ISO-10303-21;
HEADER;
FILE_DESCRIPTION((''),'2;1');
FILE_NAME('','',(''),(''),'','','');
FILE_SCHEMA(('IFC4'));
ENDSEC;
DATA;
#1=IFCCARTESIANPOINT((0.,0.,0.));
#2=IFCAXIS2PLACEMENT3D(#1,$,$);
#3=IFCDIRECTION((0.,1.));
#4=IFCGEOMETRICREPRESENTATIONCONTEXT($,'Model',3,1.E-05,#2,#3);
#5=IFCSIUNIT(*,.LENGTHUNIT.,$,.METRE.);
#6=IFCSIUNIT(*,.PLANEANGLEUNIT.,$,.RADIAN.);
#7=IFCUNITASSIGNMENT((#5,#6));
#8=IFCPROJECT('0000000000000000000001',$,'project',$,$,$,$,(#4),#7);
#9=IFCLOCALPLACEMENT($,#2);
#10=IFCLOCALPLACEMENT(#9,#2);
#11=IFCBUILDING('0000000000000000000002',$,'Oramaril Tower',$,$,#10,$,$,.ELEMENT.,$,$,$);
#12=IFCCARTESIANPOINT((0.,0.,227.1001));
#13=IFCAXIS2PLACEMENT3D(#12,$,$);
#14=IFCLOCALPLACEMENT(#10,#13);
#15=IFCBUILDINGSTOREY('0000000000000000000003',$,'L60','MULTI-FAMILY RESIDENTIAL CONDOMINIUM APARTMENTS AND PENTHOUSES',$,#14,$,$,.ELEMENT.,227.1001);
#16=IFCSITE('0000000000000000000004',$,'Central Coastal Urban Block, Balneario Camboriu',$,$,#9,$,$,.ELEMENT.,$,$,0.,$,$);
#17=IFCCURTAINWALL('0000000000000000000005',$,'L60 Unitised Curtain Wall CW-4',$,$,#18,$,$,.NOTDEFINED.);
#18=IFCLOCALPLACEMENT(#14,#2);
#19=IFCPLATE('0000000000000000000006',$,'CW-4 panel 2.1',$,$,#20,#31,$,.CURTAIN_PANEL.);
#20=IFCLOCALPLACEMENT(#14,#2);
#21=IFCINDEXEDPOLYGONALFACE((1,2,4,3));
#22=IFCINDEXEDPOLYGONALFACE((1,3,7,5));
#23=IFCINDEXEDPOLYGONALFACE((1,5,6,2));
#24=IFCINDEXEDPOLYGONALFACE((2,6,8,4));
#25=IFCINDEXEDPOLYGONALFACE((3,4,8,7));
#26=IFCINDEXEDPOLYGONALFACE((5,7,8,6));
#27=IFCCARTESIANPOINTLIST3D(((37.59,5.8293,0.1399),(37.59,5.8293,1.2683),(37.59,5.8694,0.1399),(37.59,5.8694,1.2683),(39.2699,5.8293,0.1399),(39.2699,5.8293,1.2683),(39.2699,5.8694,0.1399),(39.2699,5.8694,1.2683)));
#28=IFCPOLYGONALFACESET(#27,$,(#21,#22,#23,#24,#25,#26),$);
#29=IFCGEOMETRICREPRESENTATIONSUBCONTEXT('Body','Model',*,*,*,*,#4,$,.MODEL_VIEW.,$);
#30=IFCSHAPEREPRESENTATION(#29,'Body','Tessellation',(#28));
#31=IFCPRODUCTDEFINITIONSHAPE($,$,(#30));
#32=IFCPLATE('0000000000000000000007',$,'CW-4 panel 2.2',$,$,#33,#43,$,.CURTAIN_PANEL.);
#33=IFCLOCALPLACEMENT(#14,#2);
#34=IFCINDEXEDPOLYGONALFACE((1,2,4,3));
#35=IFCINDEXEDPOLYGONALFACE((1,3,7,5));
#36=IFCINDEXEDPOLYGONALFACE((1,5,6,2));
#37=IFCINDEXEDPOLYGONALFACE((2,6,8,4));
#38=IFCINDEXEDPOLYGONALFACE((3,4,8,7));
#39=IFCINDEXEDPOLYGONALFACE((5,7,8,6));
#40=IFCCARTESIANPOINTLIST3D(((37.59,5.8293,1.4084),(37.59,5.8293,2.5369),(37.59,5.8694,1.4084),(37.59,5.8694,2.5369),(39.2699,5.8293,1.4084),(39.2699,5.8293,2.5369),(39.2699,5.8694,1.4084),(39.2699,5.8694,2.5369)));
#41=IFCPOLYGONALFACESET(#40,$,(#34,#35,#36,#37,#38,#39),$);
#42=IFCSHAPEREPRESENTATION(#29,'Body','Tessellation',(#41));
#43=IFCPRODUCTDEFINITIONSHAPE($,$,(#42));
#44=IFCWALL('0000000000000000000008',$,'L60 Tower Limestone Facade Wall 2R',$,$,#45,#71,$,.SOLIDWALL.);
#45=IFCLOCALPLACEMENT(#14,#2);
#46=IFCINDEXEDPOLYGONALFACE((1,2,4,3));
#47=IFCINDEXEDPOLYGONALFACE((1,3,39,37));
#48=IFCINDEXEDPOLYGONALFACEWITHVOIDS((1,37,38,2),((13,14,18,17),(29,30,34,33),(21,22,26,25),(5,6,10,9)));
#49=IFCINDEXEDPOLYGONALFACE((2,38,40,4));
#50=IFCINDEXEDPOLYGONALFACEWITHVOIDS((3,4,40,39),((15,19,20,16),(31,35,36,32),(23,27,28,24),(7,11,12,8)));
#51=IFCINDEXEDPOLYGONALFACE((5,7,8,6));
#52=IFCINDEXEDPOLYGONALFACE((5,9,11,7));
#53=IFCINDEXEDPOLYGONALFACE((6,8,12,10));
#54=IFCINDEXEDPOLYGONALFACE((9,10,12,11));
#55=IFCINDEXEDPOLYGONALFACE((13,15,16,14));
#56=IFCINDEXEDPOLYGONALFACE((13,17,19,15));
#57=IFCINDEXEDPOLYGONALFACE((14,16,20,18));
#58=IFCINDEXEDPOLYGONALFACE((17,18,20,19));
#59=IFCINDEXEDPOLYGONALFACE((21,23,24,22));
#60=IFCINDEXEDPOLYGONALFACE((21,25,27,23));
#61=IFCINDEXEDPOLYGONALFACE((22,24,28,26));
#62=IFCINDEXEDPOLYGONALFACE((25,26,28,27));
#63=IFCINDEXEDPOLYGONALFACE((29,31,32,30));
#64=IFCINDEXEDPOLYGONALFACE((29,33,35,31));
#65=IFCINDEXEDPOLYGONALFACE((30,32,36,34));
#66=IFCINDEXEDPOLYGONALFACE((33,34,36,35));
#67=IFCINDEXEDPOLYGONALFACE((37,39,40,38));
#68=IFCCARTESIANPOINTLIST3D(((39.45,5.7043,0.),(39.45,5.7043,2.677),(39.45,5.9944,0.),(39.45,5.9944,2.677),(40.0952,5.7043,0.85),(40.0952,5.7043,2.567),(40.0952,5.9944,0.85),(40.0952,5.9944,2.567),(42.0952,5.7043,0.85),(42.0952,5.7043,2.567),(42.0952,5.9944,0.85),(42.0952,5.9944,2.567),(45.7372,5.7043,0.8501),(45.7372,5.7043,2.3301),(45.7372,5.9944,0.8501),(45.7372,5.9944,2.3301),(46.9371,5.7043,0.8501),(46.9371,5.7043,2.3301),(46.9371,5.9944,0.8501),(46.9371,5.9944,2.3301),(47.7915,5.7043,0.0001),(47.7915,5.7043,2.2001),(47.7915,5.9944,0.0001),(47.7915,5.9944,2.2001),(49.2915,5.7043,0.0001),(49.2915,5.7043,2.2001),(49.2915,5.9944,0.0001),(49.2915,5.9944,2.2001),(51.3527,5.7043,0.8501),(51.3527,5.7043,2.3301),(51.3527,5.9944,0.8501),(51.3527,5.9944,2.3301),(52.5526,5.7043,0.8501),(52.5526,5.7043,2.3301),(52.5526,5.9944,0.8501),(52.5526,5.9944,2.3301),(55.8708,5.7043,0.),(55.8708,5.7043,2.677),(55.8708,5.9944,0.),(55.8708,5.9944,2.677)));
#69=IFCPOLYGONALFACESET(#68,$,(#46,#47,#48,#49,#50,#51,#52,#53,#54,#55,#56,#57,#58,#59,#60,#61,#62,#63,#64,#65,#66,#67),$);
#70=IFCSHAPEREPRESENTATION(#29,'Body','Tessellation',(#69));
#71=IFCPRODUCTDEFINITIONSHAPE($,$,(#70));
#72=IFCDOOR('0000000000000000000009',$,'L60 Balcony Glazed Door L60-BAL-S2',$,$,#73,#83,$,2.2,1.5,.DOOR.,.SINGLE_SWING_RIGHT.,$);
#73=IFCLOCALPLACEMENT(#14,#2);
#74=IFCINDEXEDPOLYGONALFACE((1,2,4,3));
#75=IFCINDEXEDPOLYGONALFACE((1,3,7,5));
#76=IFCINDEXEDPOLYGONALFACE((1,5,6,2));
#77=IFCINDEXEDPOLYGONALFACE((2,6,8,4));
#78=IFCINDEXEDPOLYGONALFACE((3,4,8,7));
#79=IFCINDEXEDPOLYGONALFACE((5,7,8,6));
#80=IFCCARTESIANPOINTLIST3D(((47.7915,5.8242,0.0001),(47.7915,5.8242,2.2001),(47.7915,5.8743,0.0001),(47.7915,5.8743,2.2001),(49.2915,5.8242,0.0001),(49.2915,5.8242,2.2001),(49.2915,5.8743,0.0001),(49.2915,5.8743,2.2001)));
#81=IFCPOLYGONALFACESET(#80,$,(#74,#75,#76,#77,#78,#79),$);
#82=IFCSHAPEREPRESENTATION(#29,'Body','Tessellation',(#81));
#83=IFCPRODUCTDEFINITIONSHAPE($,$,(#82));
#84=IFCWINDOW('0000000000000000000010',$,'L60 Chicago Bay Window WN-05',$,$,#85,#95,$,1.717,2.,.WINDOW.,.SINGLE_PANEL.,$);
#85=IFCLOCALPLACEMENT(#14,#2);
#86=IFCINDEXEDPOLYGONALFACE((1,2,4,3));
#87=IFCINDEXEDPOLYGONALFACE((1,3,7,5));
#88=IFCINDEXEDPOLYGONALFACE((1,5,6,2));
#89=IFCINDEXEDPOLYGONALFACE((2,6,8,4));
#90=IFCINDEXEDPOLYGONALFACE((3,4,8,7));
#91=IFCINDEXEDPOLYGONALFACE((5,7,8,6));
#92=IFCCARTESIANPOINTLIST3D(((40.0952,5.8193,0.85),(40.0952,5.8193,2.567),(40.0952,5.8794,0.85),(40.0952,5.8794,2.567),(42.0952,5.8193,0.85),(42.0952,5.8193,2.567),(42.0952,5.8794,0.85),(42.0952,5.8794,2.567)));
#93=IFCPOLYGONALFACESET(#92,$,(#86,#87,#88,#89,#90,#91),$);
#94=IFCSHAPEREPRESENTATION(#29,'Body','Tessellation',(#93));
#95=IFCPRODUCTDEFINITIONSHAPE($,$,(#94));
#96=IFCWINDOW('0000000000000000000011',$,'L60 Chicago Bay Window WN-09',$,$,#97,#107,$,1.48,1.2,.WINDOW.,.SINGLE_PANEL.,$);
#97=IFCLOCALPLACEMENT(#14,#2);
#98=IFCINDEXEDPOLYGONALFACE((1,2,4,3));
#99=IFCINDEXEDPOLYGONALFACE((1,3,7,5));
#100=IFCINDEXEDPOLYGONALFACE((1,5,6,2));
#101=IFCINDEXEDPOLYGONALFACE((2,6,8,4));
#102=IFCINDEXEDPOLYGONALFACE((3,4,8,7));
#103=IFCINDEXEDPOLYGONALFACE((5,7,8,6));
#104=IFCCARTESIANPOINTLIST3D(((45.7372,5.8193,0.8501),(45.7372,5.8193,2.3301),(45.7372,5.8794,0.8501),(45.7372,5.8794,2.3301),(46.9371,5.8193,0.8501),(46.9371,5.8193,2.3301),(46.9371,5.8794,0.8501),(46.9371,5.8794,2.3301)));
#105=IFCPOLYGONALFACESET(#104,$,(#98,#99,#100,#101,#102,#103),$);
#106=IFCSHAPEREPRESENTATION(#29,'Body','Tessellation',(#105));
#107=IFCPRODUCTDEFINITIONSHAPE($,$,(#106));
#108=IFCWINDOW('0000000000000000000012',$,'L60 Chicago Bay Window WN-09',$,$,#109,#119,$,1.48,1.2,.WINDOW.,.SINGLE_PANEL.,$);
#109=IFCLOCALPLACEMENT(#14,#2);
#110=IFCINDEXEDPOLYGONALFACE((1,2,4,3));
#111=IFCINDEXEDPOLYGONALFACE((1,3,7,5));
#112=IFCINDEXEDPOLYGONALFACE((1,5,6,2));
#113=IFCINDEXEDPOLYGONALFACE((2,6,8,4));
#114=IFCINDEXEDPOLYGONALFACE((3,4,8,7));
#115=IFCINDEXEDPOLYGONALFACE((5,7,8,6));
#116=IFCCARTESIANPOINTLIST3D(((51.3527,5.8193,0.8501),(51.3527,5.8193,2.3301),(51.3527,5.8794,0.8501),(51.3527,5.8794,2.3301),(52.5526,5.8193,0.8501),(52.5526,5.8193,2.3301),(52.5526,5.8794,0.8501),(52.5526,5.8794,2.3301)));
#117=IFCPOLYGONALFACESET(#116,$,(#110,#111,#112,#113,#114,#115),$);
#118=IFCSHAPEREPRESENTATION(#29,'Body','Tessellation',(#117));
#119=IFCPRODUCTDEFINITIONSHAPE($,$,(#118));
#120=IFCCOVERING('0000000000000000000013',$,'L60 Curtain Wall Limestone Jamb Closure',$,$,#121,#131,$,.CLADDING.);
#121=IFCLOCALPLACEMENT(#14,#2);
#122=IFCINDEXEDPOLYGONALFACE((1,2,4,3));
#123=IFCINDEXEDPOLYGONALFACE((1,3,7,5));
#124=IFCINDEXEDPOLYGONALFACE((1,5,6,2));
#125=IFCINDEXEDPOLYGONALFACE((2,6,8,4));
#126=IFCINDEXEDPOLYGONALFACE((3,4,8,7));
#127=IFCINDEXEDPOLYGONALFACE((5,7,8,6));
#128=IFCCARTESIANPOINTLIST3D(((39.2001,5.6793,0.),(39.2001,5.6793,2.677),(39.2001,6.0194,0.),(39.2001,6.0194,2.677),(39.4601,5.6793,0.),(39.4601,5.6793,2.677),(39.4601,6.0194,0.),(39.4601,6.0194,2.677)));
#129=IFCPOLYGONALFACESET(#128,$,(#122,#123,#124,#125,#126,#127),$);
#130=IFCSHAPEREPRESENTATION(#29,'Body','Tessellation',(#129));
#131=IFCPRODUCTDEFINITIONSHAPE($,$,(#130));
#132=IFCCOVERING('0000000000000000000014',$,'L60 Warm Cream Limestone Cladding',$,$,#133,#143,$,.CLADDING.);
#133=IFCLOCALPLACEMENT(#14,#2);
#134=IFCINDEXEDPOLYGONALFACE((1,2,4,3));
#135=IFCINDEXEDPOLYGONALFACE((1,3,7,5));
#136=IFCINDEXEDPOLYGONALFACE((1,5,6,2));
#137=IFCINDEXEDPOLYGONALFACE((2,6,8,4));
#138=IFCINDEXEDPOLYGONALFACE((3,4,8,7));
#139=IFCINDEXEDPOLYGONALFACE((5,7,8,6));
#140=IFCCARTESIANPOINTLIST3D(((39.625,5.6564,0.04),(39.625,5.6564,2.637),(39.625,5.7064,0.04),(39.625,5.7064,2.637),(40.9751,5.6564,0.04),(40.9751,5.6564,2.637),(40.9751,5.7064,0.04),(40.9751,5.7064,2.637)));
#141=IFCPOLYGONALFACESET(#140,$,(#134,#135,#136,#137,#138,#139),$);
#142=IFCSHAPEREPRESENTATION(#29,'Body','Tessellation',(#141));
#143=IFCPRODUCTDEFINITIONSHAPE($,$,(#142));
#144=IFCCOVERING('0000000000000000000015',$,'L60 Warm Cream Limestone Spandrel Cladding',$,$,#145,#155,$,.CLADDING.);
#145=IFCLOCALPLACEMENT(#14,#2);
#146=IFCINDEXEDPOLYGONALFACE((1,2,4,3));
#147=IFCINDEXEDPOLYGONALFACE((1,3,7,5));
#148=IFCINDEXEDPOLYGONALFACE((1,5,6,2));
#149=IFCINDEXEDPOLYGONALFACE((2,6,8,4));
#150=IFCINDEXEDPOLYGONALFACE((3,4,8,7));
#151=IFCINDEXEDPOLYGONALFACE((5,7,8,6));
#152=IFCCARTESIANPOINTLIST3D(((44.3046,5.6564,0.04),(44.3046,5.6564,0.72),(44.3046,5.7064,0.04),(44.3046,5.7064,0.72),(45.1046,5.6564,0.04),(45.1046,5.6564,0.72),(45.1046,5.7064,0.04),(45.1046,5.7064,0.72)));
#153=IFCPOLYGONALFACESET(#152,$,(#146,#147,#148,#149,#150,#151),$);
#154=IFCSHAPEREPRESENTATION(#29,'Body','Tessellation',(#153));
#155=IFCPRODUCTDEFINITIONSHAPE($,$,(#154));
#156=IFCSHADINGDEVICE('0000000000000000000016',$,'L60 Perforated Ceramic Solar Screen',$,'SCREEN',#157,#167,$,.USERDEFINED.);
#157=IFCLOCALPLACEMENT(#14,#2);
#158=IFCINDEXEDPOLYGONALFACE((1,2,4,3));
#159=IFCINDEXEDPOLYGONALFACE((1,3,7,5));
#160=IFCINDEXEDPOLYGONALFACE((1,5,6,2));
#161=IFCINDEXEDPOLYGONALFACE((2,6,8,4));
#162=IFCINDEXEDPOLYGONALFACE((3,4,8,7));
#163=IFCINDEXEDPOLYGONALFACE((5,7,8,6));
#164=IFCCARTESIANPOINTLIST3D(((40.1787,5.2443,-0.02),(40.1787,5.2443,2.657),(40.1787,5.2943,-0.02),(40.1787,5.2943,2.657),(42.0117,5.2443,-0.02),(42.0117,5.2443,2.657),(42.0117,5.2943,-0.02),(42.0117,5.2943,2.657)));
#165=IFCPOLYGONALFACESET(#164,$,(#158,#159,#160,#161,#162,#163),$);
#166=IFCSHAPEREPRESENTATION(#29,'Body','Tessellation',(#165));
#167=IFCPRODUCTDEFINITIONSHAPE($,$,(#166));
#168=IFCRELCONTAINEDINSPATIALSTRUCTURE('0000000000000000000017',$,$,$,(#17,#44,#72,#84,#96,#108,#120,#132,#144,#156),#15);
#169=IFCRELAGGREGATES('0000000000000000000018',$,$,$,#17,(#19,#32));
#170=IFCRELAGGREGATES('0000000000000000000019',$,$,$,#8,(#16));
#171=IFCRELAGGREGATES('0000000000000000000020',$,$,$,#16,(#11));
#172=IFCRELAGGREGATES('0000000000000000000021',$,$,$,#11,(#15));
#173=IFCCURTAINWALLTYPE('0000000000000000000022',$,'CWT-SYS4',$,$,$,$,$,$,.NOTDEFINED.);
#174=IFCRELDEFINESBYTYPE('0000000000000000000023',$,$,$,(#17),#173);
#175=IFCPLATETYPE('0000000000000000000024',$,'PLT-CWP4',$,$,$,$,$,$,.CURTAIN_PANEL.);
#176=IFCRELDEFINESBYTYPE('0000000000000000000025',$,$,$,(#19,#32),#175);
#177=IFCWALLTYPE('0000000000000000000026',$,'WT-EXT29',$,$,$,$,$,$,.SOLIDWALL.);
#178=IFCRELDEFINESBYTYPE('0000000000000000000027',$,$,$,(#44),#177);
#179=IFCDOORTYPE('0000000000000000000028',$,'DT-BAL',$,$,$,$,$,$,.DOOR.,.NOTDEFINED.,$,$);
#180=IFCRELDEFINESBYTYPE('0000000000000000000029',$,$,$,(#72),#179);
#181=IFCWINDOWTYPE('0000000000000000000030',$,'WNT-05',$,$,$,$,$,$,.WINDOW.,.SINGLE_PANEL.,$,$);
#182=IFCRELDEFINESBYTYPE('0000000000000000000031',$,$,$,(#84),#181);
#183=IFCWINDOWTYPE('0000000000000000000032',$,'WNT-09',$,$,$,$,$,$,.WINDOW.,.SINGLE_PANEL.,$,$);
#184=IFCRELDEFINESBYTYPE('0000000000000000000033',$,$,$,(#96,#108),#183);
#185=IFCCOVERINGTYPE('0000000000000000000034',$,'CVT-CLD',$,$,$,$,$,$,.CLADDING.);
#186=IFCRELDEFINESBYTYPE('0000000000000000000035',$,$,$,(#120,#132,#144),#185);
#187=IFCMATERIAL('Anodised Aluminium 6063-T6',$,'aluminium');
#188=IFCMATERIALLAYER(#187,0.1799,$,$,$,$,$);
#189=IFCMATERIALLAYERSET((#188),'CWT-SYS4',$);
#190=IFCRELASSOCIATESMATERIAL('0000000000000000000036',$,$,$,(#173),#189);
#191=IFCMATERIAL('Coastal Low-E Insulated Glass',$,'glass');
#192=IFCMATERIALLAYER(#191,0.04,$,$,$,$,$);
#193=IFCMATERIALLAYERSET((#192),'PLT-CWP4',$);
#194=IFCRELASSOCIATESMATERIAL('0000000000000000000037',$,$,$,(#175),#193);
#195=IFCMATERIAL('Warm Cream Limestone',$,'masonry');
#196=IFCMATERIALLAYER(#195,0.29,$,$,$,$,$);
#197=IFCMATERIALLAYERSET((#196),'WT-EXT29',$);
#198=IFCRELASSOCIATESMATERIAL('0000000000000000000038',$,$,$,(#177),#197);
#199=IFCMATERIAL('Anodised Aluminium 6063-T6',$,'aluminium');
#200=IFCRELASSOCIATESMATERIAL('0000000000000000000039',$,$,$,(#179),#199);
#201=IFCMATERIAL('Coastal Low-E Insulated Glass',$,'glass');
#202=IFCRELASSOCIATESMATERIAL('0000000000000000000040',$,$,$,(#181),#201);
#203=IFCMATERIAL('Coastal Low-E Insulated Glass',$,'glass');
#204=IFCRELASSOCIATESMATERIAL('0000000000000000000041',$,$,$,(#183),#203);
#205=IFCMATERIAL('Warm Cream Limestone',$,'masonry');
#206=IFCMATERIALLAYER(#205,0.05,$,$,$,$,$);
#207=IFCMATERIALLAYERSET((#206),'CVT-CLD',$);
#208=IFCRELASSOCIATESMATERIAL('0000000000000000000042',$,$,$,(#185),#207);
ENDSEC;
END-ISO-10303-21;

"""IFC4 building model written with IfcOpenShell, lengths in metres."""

from ifc_helpers import new_model, si_unit, direction, frame, frame_2d, origin, origin_2d, place, context, subcontext, project, spatial, rectangle, extrude, material, layer, layer_set, type_object, element, fill, aggregate, save


model = new_model("IFC4")

# Units and contexts
model_context = context("Model", 3, precision=1e-05, world=origin(), true_north=direction((0.0, 1.0)))
body_context = subcontext(model_context, "Body", "Model", "MODEL_VIEW")
ifc_project = project(units=[si_unit("LENGTHUNIT", "METRE"), si_unit("PLANEANGLEUNIT", "RADIAN")], contexts=[model_context])

# Site, building, storey
site_placement = place(None, origin())
site = spatial("IfcSite", under=ifc_project, at=site_placement, Name="Central Coastal Urban Block, Balneario Camboriu", CompositionType="ELEMENT", RefElevation=0.0)
building_placement = place(site_placement, origin())
building = spatial("IfcBuilding", under=site, at=building_placement, Name="Oramaril Tower", CompositionType="ELEMENT")
storey_placement = place(building_placement, frame((0.0, 0.0, 227.1001)))
storey = spatial("IfcBuildingStorey", under=building, at=storey_placement, Name="L60", Description="MULTI-FAMILY RESIDENTIAL CONDOMINIUM APARTMENTS AND PENTHOUSES", CompositionType="ELEMENT", Elevation=227.1001)

# Curtain wall, plates
ifc_material_1 = material(Name="Anodised Aluminium 6063-T6", Category="aluminium")
ifc_layer_1 = layer(ifc_material_1, 0.1799)
ifc_layer_set_1 = layer_set([ifc_layer_1], Name="CWT-SYS4")
curtain_wall_type = type_object("IfcCurtainWallType", Name="CWT-SYS4", PredefinedType="NOTDEFINED", material=ifc_layer_set_1)
curtain_wall_placement = place(storey_placement, origin())
curtain_wall = element("IfcCurtainWall", 1, at=curtain_wall_placement, inside=storey, type_object=curtain_wall_type, Name="L60 Unitised Curtain Wall CW-4", PredefinedType="NOTDEFINED")
ifc_material_2 = material(Name="Coastal Low-E Insulated Glass", Category="glass")
ifc_layer_2 = layer(ifc_material_2, 0.04)
ifc_layer_set_2 = layer_set([ifc_layer_2], Name="PLT-CWP4")
plate_type = type_object("IfcPlateType", Name="PLT-CWP4", PredefinedType="CURTAIN_PANEL", material=ifc_layer_set_2)
plate_1_placement = place(storey_placement, frame((38.4299, 5.8494, 0.1399), z_axis=(0.0, 0.0, 1.0), x_axis=(1.0, 0.0, 0.0)))
plate_1 = element("IfcPlate", 2, at=plate_1_placement, type_object=plate_type, Name="CW-4 panel 2.1", PredefinedType="CURTAIN_PANEL", context=body_context, shape_type="SweptSolid", body=[
    extrude(rectangle(XDim=1.6799, YDim=0.04, at=origin_2d()), origin(), (0.0, 0.0, 1.0), 1.1284),
])
plate_2_placement = place(storey_placement, frame((38.4299, 5.8494, 1.4084), z_axis=(0.0, 0.0, 1.0), x_axis=(1.0, 0.0, 0.0)))
plate_2 = element("IfcPlate", 3, at=plate_2_placement, type_object=plate_type, Name="CW-4 panel 2.2", PredefinedType="CURTAIN_PANEL", context=body_context, shape_type="SweptSolid", body=[
    extrude(rectangle(XDim=1.6799, YDim=0.04, at=origin_2d()), origin(), (0.0, 0.0, 1.0), 1.1284),
])
aggregate(curtain_wall, [plate_1, plate_2])

# Wall, openings, door, windows
ifc_material_3 = material(Name="Warm Cream Limestone", Category="masonry")
ifc_layer_3 = layer(ifc_material_3, 0.29)
ifc_layer_set_3 = layer_set([ifc_layer_3], Name="WT-EXT29")
wall_type = type_object("IfcWallType", Name="WT-EXT29", PredefinedType="SOLIDWALL", material=ifc_layer_set_3)
wall_placement = place(storey_placement, frame((39.45, 5.8494, 0.0), z_axis=(0.0, 0.0, 1.0), x_axis=(1.0, 0.0, 0.0)))
wall = element("IfcWall", 4, at=wall_placement, inside=storey, type_object=wall_type, Name="L60 Tower Limestone Facade Wall 2R", PredefinedType="SOLIDWALL", context=body_context, shape_type="SweptSolid", body=[
    extrude(rectangle(XDim=16.4209, YDim=0.29, at=frame_2d((8.2104, 0.0))), origin(), (0.0, 0.0, 1.0), 2.677),
])
opening_1_placement = place(wall_placement, frame((8.3416, 0.0, 0.0)))
opening_1 = element("IfcOpeningElement", 5, at=opening_1_placement, cuts=wall, PredefinedType="OPENING", context=body_context, shape_type="SweptSolid", body=[
    extrude(rectangle(XDim=1.5, YDim=2.2, at=frame_2d((0.75, 1.1001))), frame((0.0, 0.145, 0.0), z_axis=(0.0, -1.0, 0.0), x_axis=(1.0, 0.0, 0.0)), (0.0, 0.0, 1.0), 0.29),
])
opening_2_placement = place(wall_placement, frame((0.6453, 0.0, 0.8501)))
opening_2 = element("IfcOpeningElement", 6, at=opening_2_placement, cuts=wall, PredefinedType="OPENING", context=body_context, shape_type="SweptSolid", body=[
    extrude(rectangle(XDim=2.0, YDim=1.717, at=frame_2d((1.0, 0.8584))), frame((0.0, 0.145, 0.0), z_axis=(0.0, -1.0, 0.0), x_axis=(1.0, 0.0, 0.0)), (0.0, 0.0, 1.0), 0.29),
])
opening_3_placement = place(wall_placement, frame((6.2871, 0.0, 0.8501)))
opening_3 = element("IfcOpeningElement", 7, at=opening_3_placement, cuts=wall, PredefinedType="OPENING", context=body_context, shape_type="SweptSolid", body=[
    extrude(rectangle(XDim=1.2, YDim=1.48, at=frame_2d((0.6001, 0.74))), frame((0.0, 0.145, 0.0), z_axis=(0.0, -1.0, 0.0), x_axis=(1.0, 0.0, 0.0)), (0.0, 0.0, 1.0), 0.29),
])
opening_4_placement = place(wall_placement, frame((11.9026, 0.0, 0.8501)))
opening_4 = element("IfcOpeningElement", 8, at=opening_4_placement, cuts=wall, PredefinedType="OPENING", context=body_context, shape_type="SweptSolid", body=[
    extrude(rectangle(XDim=1.2, YDim=1.48, at=frame_2d((0.6001, 0.74))), frame((0.0, 0.145, 0.0), z_axis=(0.0, -1.0, 0.0), x_axis=(1.0, 0.0, 0.0)), (0.0, 0.0, 1.0), 0.29),
])
ifc_material_4 = material(Name="Anodised Aluminium 6063-T6", Category="aluminium")
door_type = type_object("IfcDoorType", Name="DT-BAL", OperationType="NOTDEFINED", PredefinedType="DOOR", material=ifc_material_4)
door_placement = place(opening_1_placement, origin())
door = element("IfcDoor", 9, at=door_placement, inside=storey, type_object=door_type, Name="L60 Balcony Glazed Door L60-BAL-S2", OperationType="SINGLE_SWING_RIGHT", OverallHeight=2.2, OverallWidth=1.5, PredefinedType="DOOR", context=body_context, shape_type="SweptSolid", body=[
    extrude(rectangle(XDim=1.5, YDim=2.2, at=frame_2d((0.75, 1.1001))), frame((0.0, 0.0249, 0.0), z_axis=(0.0, -1.0, 0.0), x_axis=(1.0, 0.0, 0.0)), (0.0, 0.0, 1.0), 0.05),
])
fill(opening_1, door)
ifc_material_5 = material(Name="Coastal Low-E Insulated Glass", Category="glass")
window_type_1 = type_object("IfcWindowType", Name="WNT-05", PartitioningType="SINGLE_PANEL", PredefinedType="WINDOW", material=ifc_material_5)
window_1_placement = place(opening_2_placement, origin())
window_1 = element("IfcWindow", 10, at=window_1_placement, inside=storey, type_object=window_type_1, Name="L60 Chicago Bay Window WN-05", OverallHeight=1.717, OverallWidth=2.0, PartitioningType="SINGLE_PANEL", PredefinedType="WINDOW", context=body_context, shape_type="SweptSolid", body=[
    extrude(rectangle(XDim=2.0, YDim=1.717, at=frame_2d((1.0, 0.8584))), frame((0.0, 0.03, 0.0), z_axis=(0.0, -1.0, 0.0), x_axis=(1.0, 0.0, 0.0)), (0.0, 0.0, 1.0), 0.0601),
])
fill(opening_2, window_1)
ifc_material_6 = material(Name="Coastal Low-E Insulated Glass", Category="glass")
window_type_2 = type_object("IfcWindowType", Name="WNT-09", PartitioningType="SINGLE_PANEL", PredefinedType="WINDOW", material=ifc_material_6)
window_2_placement = place(opening_3_placement, origin())
window_2 = element("IfcWindow", 11, at=window_2_placement, inside=storey, type_object=window_type_2, Name="L60 Chicago Bay Window WN-09", OverallHeight=1.48, OverallWidth=1.2, PartitioningType="SINGLE_PANEL", PredefinedType="WINDOW", context=body_context, shape_type="SweptSolid", body=[
    extrude(rectangle(XDim=1.2, YDim=1.48, at=frame_2d((0.6001, 0.74))), frame((0.0, 0.03, 0.0), z_axis=(0.0, -1.0, 0.0), x_axis=(1.0, 0.0, 0.0)), (0.0, 0.0, 1.0), 0.0601),
])
fill(opening_3, window_2)
window_3_placement = place(opening_4_placement, origin())
window_3 = element("IfcWindow", 12, at=window_3_placement, inside=storey, type_object=window_type_2, Name="L60 Chicago Bay Window WN-09", OverallHeight=1.48, OverallWidth=1.2, PartitioningType="SINGLE_PANEL", PredefinedType="WINDOW", context=body_context, shape_type="SweptSolid", body=[
    extrude(rectangle(XDim=1.2, YDim=1.48, at=frame_2d((0.6001, 0.74))), frame((0.0, 0.03, 0.0), z_axis=(0.0, -1.0, 0.0), x_axis=(1.0, 0.0, 0.0)), (0.0, 0.0, 1.0), 0.0601),
])
fill(opening_4, window_3)

# Coverings
ifc_material_7 = material(Name="Warm Cream Limestone", Category="masonry")
ifc_layer_4 = layer(ifc_material_7, 0.05)
ifc_layer_set_4 = layer_set([ifc_layer_4], Name="CVT-CLD")
covering_type = type_object("IfcCoveringType", Name="CVT-CLD", PredefinedType="CLADDING", material=ifc_layer_set_4)
covering_1_placement = place(storey_placement, frame((39.3301, 5.8494, 0.0), z_axis=(0.0, 0.0, 1.0), x_axis=(1.0, 0.0, 0.0)))
element("IfcCovering", 13, at=covering_1_placement, inside=storey, type_object=covering_type, Name="L60 Curtain Wall Limestone Jamb Closure", PredefinedType="CLADDING", context=body_context, shape_type="SweptSolid", body=[
    extrude(rectangle(XDim=0.26, YDim=0.3401, at=origin_2d()), origin(), (0.0, 0.0, 1.0), 2.677),
])
covering_2_placement = place(storey_placement, frame((40.3, 5.6814, 0.04), z_axis=(0.0, 0.0, 1.0), x_axis=(1.0, 0.0, 0.0)))
element("IfcCovering", 14, at=covering_2_placement, inside=storey, type_object=covering_type, Name="L60 Warm Cream Limestone Cladding", PredefinedType="CLADDING", context=body_context, shape_type="SweptSolid", body=[
    extrude(rectangle(XDim=1.3501, YDim=0.05, at=origin_2d()), origin(), (0.0, 0.0, 1.0), 2.5969),
])
covering_3_placement = place(storey_placement, frame((44.7046, 5.6814, 0.04), z_axis=(0.0, 0.0, 1.0), x_axis=(1.0, 0.0, 0.0)))
element("IfcCovering", 15, at=covering_3_placement, inside=storey, type_object=covering_type, Name="L60 Warm Cream Limestone Spandrel Cladding", PredefinedType="CLADDING", context=body_context, shape_type="SweptSolid", body=[
    extrude(rectangle(XDim=0.8, YDim=0.05, at=origin_2d()), origin(), (0.0, 0.0, 1.0), 0.6799),
])

# Shading device
for number, where, z_axis, x_axis, name in (
    (16, (41.0952, 5.2693, -0.02), (0.0, 0.0, 1.0), (1.0, 0.0, 0.0), "L60 Perforated Ceramic Solar Screen"),
):
    element("IfcShadingDevice", number, at=place(storey_placement, frame(where, z_axis=z_axis, x_axis=x_axis)), inside=storey, Name=name, ObjectType="SCREEN", PredefinedType="USERDEFINED", context=body_context, shape_type="SweptSolid", body=[
        extrude(rectangle(XDim=1.833, YDim=0.05, at=origin_2d()), origin(), (0.0, 0.0, 1.0), 2.677),
    ])

save(model, "model.ifc")
